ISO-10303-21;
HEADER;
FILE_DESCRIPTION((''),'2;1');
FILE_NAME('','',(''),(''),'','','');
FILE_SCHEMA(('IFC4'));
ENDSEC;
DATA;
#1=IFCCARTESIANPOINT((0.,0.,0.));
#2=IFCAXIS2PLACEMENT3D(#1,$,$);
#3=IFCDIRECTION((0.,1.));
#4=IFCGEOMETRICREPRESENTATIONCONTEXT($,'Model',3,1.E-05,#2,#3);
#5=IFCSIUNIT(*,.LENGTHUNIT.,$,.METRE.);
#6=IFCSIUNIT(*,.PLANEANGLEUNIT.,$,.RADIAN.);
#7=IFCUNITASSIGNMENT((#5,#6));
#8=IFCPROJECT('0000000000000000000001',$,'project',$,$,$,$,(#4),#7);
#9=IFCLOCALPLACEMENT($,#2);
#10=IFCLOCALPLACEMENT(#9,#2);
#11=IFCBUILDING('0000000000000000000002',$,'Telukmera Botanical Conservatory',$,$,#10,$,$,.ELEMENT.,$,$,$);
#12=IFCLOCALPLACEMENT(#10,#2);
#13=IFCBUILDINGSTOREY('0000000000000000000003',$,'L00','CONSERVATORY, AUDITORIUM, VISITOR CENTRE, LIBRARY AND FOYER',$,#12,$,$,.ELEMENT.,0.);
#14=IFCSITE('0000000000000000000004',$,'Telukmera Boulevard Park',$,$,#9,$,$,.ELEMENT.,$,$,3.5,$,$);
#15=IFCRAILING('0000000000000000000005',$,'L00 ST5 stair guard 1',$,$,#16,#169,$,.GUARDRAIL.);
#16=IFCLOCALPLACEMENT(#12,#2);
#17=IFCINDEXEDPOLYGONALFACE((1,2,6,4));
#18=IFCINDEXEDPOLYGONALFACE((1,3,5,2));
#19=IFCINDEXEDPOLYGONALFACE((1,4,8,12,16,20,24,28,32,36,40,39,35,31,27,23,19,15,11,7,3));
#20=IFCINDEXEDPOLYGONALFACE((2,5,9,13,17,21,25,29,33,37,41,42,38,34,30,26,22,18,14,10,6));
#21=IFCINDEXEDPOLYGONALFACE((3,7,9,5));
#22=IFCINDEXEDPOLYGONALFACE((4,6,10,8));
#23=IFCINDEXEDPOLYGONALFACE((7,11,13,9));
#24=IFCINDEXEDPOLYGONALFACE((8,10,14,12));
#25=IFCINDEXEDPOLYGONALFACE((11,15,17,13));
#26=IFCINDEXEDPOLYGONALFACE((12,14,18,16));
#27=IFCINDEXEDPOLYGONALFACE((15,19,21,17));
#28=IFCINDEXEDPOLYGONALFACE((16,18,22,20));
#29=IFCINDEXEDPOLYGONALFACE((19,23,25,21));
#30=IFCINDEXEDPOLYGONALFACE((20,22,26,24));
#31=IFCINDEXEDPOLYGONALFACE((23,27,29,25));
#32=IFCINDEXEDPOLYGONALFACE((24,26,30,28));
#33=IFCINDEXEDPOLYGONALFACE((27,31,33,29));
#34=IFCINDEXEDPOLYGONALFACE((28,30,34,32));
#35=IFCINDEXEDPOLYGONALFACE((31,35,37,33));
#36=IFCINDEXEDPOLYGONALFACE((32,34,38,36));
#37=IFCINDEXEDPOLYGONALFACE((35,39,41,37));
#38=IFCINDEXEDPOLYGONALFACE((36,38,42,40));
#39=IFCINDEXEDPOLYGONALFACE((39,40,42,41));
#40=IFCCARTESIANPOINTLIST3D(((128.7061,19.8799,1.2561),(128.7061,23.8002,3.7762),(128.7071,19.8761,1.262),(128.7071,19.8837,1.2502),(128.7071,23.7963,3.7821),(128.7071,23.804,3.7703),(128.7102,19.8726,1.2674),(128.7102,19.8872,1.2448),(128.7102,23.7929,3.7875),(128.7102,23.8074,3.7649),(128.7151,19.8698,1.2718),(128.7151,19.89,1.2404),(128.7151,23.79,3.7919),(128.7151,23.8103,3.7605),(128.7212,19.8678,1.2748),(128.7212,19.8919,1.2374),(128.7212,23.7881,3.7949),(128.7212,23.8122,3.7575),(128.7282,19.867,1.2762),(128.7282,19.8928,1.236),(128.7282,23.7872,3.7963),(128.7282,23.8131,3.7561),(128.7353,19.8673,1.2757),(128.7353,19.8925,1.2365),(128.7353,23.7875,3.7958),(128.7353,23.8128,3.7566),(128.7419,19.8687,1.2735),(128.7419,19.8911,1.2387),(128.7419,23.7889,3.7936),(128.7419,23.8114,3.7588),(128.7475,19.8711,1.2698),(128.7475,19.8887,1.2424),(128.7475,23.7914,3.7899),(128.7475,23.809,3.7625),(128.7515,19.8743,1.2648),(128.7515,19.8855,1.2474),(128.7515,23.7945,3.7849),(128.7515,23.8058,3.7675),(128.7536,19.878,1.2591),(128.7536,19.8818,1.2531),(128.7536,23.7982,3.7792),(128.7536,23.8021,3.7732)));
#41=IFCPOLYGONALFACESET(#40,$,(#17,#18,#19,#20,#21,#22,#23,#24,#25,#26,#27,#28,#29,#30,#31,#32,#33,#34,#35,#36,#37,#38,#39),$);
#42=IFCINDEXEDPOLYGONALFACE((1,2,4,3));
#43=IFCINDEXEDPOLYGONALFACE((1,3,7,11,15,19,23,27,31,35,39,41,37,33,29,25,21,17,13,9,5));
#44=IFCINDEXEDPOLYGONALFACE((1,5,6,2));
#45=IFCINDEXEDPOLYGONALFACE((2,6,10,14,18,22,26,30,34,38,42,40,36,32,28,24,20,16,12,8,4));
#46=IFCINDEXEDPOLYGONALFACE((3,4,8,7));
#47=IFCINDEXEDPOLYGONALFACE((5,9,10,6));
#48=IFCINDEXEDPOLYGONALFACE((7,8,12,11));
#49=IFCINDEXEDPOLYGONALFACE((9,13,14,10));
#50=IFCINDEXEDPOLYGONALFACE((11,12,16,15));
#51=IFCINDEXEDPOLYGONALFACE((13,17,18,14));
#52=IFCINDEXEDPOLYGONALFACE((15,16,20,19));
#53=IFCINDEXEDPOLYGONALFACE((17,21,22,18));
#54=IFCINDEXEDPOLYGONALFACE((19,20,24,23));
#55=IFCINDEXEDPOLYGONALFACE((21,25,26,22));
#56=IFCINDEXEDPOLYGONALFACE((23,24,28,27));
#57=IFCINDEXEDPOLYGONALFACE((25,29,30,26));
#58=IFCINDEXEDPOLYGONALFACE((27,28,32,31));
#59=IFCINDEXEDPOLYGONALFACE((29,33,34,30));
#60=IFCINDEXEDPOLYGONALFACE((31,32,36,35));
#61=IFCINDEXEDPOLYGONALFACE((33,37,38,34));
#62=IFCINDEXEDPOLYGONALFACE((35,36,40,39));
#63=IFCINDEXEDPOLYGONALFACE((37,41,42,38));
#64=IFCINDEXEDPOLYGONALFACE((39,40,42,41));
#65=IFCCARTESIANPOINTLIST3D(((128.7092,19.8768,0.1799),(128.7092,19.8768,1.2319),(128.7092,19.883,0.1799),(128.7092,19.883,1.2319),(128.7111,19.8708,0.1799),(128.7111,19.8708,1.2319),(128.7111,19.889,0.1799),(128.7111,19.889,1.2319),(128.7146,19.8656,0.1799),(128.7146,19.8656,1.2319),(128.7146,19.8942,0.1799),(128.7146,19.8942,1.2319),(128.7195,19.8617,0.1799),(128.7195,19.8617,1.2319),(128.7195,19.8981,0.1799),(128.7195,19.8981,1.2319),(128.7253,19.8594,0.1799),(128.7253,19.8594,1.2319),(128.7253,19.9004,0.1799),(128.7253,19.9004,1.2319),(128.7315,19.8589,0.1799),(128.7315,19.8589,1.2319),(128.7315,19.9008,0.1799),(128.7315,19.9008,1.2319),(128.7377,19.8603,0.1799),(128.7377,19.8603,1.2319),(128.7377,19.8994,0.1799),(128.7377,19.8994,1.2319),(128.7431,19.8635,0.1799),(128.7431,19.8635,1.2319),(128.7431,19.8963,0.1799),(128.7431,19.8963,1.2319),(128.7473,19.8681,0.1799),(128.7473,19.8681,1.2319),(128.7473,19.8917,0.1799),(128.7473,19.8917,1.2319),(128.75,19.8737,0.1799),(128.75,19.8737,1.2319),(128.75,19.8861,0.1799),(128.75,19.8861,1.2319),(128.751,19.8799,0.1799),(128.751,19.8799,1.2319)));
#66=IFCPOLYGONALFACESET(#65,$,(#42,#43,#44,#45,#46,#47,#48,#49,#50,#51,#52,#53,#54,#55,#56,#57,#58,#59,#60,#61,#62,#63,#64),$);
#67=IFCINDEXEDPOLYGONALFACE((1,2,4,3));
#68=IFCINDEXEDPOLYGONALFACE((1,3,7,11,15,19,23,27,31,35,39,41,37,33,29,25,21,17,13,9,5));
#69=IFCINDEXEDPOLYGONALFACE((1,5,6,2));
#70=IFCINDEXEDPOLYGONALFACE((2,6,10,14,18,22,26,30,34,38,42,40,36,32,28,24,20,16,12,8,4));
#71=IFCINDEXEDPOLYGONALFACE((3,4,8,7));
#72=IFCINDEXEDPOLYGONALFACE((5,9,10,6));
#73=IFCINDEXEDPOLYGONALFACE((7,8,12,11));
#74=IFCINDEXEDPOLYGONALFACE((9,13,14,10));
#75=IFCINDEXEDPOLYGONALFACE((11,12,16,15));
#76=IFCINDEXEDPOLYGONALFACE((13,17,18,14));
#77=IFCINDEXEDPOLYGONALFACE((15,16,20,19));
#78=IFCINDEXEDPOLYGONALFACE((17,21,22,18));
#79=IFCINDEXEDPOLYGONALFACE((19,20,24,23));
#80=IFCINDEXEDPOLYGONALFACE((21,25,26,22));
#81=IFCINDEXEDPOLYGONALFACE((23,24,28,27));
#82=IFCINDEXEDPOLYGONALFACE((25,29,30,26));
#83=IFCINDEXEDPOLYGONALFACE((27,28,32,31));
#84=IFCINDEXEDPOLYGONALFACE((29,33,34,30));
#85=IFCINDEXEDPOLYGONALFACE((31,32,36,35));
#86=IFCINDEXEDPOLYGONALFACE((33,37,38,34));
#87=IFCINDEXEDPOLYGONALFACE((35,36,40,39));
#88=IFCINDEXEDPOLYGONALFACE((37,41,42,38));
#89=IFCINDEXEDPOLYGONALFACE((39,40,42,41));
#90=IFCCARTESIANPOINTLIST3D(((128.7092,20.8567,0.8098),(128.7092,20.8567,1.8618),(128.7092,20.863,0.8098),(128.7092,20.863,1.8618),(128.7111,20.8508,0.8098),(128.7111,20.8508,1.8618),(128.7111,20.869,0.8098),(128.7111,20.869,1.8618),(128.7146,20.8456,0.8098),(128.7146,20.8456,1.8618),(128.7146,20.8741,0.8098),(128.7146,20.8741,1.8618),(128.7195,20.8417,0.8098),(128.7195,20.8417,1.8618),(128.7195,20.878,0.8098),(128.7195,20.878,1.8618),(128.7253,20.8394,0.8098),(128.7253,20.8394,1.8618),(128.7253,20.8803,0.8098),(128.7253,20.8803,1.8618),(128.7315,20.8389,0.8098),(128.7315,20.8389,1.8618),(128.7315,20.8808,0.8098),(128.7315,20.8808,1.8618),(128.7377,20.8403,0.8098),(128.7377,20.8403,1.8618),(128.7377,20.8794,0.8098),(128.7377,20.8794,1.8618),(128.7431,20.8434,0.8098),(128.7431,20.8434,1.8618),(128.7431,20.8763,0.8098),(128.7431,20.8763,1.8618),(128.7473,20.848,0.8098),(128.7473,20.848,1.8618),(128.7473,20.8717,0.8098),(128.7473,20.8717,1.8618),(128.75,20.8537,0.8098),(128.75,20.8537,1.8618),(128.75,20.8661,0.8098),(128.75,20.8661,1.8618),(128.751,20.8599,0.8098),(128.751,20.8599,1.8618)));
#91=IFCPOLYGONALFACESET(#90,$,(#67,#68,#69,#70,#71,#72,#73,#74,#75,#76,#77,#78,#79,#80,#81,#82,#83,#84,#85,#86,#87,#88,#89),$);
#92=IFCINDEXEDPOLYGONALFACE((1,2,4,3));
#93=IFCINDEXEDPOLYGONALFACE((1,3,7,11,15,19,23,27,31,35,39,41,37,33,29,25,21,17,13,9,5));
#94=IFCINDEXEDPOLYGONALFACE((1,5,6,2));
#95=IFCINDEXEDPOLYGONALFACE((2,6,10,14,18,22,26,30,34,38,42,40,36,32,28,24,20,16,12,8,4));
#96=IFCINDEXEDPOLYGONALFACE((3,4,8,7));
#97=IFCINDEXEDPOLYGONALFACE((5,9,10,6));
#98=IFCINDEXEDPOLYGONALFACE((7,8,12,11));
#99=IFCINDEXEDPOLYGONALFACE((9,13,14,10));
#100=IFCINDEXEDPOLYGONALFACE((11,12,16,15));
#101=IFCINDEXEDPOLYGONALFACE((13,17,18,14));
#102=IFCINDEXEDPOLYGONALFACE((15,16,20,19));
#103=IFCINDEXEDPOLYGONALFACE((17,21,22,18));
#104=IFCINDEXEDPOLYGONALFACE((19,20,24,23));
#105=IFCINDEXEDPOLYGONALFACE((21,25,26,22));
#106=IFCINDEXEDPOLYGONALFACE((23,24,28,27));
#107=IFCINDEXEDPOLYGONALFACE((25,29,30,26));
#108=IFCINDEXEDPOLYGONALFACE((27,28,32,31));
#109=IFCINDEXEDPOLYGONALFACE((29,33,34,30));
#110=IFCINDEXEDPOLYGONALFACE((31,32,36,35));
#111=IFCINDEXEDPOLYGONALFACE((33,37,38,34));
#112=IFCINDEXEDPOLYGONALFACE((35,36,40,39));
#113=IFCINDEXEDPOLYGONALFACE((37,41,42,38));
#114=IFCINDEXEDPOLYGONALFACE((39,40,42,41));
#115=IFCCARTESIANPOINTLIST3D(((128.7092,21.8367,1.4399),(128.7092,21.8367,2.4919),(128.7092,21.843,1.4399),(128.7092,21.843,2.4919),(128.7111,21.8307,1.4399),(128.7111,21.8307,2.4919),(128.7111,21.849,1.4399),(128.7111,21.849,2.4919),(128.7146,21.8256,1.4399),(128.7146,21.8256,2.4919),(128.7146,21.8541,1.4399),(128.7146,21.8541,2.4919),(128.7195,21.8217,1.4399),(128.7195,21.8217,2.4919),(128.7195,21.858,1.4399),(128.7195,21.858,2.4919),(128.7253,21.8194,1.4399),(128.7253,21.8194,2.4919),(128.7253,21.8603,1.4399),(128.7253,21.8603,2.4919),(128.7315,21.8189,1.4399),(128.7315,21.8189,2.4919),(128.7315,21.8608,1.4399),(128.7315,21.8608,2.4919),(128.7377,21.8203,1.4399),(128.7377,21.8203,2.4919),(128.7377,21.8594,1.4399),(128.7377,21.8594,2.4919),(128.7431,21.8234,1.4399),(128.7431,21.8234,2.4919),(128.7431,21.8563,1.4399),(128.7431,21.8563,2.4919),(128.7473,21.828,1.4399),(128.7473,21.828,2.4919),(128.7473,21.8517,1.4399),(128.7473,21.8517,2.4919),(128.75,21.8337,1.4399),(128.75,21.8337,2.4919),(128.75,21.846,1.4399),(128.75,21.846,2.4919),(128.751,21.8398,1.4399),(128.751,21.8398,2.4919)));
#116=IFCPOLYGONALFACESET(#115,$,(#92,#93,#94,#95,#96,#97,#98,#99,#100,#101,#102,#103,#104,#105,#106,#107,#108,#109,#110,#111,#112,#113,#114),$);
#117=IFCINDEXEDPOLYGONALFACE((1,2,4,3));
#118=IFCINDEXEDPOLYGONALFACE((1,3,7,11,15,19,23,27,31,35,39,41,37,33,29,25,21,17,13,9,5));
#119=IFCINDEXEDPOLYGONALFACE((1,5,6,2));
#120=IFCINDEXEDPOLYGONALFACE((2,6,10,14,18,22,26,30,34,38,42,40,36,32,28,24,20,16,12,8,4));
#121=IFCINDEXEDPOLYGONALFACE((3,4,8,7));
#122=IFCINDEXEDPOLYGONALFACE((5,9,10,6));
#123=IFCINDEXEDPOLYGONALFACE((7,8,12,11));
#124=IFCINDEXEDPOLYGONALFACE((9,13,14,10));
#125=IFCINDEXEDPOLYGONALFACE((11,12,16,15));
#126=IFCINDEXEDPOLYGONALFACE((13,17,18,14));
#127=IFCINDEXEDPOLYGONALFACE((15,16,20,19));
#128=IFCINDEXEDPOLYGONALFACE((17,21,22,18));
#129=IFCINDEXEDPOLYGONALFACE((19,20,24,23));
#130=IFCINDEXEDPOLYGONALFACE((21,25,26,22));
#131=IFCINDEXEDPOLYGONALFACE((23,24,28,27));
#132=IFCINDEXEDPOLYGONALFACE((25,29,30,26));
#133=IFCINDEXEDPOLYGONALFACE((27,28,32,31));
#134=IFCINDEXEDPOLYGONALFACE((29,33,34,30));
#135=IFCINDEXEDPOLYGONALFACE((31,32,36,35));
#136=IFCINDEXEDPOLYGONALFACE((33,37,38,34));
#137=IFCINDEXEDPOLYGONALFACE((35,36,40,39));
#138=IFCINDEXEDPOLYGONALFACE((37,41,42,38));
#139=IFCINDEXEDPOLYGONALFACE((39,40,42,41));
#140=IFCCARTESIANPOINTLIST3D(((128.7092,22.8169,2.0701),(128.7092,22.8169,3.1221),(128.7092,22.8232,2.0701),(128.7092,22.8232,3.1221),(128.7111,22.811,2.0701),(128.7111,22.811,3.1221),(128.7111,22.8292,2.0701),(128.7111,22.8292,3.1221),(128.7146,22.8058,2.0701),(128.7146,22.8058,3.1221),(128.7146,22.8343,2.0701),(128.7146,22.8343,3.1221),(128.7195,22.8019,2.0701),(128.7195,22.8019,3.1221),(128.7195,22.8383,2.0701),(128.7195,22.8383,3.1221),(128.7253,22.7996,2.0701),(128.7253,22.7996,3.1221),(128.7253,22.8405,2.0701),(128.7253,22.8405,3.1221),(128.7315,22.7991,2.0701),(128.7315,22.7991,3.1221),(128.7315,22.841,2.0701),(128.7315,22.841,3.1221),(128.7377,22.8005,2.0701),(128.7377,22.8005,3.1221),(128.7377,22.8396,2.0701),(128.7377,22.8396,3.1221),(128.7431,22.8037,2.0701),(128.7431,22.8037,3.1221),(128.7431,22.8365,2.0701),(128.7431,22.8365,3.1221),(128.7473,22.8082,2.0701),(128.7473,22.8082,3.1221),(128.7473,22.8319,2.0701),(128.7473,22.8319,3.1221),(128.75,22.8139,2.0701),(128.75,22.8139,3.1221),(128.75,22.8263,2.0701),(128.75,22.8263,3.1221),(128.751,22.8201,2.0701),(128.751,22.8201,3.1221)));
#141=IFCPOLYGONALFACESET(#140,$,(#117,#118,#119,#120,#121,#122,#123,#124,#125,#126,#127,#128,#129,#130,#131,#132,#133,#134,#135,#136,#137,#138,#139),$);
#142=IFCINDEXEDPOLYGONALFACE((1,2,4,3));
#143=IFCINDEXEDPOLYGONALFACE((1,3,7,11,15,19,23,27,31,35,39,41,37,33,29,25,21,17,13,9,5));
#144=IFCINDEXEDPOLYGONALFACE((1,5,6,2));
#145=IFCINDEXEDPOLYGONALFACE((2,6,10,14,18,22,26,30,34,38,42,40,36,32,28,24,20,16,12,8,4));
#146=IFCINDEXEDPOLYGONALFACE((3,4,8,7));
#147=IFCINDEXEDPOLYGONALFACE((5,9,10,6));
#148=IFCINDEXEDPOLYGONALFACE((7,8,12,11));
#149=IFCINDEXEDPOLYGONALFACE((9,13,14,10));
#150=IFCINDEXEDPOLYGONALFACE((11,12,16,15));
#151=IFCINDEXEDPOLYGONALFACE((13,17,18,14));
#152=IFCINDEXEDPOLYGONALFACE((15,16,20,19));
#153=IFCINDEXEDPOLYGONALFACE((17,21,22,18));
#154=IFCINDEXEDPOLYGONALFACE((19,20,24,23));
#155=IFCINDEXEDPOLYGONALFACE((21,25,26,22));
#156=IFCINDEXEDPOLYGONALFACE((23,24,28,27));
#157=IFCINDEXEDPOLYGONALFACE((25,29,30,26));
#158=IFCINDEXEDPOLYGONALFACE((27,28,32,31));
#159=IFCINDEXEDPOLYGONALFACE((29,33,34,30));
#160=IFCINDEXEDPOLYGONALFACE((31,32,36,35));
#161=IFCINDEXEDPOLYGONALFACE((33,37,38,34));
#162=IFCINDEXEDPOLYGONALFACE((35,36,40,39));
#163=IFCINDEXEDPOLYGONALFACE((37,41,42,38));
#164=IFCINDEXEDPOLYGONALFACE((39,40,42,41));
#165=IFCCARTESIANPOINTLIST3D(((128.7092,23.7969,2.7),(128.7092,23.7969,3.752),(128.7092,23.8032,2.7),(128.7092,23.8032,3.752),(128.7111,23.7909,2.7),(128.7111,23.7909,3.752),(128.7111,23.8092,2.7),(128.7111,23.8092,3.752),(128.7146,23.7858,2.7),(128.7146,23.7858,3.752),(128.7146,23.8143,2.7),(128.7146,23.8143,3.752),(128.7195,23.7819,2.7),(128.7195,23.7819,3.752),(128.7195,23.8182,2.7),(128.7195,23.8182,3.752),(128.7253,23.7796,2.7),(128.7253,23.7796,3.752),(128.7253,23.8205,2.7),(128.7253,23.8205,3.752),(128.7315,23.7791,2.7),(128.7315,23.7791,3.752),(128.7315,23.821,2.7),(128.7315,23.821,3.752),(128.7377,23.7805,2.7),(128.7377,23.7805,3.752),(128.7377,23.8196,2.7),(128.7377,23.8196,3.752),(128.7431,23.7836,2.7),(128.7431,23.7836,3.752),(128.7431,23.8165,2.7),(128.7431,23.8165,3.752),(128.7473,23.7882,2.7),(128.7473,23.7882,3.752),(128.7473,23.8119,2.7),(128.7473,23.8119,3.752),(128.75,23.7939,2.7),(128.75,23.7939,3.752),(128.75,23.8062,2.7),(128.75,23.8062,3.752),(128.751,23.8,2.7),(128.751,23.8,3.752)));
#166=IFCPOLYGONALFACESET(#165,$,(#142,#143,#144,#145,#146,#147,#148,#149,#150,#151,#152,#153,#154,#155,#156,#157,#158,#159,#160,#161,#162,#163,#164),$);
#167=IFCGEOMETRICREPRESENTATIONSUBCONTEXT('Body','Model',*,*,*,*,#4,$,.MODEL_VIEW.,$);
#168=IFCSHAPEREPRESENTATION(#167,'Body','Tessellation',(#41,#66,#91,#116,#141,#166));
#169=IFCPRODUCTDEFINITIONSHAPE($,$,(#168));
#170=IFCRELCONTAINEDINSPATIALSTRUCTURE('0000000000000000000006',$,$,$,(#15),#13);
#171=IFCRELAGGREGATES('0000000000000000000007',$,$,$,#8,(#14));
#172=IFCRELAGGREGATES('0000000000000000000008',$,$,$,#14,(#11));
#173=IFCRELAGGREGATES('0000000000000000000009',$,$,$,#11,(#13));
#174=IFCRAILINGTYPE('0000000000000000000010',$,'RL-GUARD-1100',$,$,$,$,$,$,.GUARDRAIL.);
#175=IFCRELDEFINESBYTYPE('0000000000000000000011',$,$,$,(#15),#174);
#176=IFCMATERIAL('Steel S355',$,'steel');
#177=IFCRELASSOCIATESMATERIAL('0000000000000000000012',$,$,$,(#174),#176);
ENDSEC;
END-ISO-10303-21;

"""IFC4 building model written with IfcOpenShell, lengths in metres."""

from ifc_helpers import new_model, si_unit, direction, frame, origin, origin_2d, place, context, subcontext, project, spatial, circle, extrude, material, type_object, element, save


model = new_model("IFC4")

# Units and contexts
model_context = context("Model", 3, precision=1e-05, world=origin(), true_north=direction((0.0, 1.0)))
body_context = subcontext(model_context, "Body", "Model", "MODEL_VIEW")
ifc_project = project(units=[si_unit("LENGTHUNIT", "METRE"), si_unit("PLANEANGLEUNIT", "RADIAN")], contexts=[model_context])

# Site, building, storey
site_placement = place(None, origin())
site = spatial("IfcSite", under=ifc_project, at=site_placement, Name="Telukmera Boulevard Park", CompositionType="ELEMENT", RefElevation=3.5)
building_placement = place(site_placement, origin())
building = spatial("IfcBuilding", under=site, at=building_placement, Name="Telukmera Botanical Conservatory", CompositionType="ELEMENT")
storey_placement = place(building_placement, origin())
storey = spatial("IfcBuildingStorey", under=building, at=storey_placement, Name="L00", Description="CONSERVATORY, AUDITORIUM, VISITOR CENTRE, LIBRARY AND FOYER", CompositionType="ELEMENT", Elevation=0.0)

# Shared definitions
ifc_material_1 = material(Name="Steel S355", Category="steel")

# Railing
railing_type_1 = type_object("IfcRailingType", Name="RL-GUARD-1100", PredefinedType="GUARDRAIL", material=ifc_material_1)
railing_1_placement = place(storey_placement, frame((128.73, 19.8799, 0.1799)))
element("IfcRailing", 1, at=railing_1_placement, inside=storey, type_object=railing_type_1, Name="L00 ST5 stair guard 1", PredefinedType="GUARDRAIL", context=body_context, shape_type="SweptSolid", body=[
    extrude(circle(Radius=0.0239, at=origin_2d()), frame((0.0, 0.0, 1.0762), z_axis=(0.0, 0.841187, 0.540744), x_axis=(-1.0, 0.0, 0.0)), (0.0, 0.0, 1.0), 4.6604),
    extrude(circle(Radius=0.021, at=origin_2d()), origin(), (0.0, 0.0, 1.0), 1.052),
    extrude(circle(Radius=0.021, at=origin_2d()), frame((0.0, 0.98, 0.6299)), (0.0, 0.0, 1.0), 1.052),
    extrude(circle(Radius=0.021, at=origin_2d()), frame((0.0, 1.96, 1.26)), (0.0, 0.0, 1.0), 1.052),
    extrude(circle(Radius=0.021, at=origin_2d()), frame((0.0, 2.9402, 1.8901)), (0.0, 0.0, 1.0), 1.052),
    extrude(circle(Radius=0.021, at=origin_2d()), frame((0.0, 3.9202, 2.52)), (0.0, 0.0, 1.0), 1.052),
])

save(model, "model.ifc")
